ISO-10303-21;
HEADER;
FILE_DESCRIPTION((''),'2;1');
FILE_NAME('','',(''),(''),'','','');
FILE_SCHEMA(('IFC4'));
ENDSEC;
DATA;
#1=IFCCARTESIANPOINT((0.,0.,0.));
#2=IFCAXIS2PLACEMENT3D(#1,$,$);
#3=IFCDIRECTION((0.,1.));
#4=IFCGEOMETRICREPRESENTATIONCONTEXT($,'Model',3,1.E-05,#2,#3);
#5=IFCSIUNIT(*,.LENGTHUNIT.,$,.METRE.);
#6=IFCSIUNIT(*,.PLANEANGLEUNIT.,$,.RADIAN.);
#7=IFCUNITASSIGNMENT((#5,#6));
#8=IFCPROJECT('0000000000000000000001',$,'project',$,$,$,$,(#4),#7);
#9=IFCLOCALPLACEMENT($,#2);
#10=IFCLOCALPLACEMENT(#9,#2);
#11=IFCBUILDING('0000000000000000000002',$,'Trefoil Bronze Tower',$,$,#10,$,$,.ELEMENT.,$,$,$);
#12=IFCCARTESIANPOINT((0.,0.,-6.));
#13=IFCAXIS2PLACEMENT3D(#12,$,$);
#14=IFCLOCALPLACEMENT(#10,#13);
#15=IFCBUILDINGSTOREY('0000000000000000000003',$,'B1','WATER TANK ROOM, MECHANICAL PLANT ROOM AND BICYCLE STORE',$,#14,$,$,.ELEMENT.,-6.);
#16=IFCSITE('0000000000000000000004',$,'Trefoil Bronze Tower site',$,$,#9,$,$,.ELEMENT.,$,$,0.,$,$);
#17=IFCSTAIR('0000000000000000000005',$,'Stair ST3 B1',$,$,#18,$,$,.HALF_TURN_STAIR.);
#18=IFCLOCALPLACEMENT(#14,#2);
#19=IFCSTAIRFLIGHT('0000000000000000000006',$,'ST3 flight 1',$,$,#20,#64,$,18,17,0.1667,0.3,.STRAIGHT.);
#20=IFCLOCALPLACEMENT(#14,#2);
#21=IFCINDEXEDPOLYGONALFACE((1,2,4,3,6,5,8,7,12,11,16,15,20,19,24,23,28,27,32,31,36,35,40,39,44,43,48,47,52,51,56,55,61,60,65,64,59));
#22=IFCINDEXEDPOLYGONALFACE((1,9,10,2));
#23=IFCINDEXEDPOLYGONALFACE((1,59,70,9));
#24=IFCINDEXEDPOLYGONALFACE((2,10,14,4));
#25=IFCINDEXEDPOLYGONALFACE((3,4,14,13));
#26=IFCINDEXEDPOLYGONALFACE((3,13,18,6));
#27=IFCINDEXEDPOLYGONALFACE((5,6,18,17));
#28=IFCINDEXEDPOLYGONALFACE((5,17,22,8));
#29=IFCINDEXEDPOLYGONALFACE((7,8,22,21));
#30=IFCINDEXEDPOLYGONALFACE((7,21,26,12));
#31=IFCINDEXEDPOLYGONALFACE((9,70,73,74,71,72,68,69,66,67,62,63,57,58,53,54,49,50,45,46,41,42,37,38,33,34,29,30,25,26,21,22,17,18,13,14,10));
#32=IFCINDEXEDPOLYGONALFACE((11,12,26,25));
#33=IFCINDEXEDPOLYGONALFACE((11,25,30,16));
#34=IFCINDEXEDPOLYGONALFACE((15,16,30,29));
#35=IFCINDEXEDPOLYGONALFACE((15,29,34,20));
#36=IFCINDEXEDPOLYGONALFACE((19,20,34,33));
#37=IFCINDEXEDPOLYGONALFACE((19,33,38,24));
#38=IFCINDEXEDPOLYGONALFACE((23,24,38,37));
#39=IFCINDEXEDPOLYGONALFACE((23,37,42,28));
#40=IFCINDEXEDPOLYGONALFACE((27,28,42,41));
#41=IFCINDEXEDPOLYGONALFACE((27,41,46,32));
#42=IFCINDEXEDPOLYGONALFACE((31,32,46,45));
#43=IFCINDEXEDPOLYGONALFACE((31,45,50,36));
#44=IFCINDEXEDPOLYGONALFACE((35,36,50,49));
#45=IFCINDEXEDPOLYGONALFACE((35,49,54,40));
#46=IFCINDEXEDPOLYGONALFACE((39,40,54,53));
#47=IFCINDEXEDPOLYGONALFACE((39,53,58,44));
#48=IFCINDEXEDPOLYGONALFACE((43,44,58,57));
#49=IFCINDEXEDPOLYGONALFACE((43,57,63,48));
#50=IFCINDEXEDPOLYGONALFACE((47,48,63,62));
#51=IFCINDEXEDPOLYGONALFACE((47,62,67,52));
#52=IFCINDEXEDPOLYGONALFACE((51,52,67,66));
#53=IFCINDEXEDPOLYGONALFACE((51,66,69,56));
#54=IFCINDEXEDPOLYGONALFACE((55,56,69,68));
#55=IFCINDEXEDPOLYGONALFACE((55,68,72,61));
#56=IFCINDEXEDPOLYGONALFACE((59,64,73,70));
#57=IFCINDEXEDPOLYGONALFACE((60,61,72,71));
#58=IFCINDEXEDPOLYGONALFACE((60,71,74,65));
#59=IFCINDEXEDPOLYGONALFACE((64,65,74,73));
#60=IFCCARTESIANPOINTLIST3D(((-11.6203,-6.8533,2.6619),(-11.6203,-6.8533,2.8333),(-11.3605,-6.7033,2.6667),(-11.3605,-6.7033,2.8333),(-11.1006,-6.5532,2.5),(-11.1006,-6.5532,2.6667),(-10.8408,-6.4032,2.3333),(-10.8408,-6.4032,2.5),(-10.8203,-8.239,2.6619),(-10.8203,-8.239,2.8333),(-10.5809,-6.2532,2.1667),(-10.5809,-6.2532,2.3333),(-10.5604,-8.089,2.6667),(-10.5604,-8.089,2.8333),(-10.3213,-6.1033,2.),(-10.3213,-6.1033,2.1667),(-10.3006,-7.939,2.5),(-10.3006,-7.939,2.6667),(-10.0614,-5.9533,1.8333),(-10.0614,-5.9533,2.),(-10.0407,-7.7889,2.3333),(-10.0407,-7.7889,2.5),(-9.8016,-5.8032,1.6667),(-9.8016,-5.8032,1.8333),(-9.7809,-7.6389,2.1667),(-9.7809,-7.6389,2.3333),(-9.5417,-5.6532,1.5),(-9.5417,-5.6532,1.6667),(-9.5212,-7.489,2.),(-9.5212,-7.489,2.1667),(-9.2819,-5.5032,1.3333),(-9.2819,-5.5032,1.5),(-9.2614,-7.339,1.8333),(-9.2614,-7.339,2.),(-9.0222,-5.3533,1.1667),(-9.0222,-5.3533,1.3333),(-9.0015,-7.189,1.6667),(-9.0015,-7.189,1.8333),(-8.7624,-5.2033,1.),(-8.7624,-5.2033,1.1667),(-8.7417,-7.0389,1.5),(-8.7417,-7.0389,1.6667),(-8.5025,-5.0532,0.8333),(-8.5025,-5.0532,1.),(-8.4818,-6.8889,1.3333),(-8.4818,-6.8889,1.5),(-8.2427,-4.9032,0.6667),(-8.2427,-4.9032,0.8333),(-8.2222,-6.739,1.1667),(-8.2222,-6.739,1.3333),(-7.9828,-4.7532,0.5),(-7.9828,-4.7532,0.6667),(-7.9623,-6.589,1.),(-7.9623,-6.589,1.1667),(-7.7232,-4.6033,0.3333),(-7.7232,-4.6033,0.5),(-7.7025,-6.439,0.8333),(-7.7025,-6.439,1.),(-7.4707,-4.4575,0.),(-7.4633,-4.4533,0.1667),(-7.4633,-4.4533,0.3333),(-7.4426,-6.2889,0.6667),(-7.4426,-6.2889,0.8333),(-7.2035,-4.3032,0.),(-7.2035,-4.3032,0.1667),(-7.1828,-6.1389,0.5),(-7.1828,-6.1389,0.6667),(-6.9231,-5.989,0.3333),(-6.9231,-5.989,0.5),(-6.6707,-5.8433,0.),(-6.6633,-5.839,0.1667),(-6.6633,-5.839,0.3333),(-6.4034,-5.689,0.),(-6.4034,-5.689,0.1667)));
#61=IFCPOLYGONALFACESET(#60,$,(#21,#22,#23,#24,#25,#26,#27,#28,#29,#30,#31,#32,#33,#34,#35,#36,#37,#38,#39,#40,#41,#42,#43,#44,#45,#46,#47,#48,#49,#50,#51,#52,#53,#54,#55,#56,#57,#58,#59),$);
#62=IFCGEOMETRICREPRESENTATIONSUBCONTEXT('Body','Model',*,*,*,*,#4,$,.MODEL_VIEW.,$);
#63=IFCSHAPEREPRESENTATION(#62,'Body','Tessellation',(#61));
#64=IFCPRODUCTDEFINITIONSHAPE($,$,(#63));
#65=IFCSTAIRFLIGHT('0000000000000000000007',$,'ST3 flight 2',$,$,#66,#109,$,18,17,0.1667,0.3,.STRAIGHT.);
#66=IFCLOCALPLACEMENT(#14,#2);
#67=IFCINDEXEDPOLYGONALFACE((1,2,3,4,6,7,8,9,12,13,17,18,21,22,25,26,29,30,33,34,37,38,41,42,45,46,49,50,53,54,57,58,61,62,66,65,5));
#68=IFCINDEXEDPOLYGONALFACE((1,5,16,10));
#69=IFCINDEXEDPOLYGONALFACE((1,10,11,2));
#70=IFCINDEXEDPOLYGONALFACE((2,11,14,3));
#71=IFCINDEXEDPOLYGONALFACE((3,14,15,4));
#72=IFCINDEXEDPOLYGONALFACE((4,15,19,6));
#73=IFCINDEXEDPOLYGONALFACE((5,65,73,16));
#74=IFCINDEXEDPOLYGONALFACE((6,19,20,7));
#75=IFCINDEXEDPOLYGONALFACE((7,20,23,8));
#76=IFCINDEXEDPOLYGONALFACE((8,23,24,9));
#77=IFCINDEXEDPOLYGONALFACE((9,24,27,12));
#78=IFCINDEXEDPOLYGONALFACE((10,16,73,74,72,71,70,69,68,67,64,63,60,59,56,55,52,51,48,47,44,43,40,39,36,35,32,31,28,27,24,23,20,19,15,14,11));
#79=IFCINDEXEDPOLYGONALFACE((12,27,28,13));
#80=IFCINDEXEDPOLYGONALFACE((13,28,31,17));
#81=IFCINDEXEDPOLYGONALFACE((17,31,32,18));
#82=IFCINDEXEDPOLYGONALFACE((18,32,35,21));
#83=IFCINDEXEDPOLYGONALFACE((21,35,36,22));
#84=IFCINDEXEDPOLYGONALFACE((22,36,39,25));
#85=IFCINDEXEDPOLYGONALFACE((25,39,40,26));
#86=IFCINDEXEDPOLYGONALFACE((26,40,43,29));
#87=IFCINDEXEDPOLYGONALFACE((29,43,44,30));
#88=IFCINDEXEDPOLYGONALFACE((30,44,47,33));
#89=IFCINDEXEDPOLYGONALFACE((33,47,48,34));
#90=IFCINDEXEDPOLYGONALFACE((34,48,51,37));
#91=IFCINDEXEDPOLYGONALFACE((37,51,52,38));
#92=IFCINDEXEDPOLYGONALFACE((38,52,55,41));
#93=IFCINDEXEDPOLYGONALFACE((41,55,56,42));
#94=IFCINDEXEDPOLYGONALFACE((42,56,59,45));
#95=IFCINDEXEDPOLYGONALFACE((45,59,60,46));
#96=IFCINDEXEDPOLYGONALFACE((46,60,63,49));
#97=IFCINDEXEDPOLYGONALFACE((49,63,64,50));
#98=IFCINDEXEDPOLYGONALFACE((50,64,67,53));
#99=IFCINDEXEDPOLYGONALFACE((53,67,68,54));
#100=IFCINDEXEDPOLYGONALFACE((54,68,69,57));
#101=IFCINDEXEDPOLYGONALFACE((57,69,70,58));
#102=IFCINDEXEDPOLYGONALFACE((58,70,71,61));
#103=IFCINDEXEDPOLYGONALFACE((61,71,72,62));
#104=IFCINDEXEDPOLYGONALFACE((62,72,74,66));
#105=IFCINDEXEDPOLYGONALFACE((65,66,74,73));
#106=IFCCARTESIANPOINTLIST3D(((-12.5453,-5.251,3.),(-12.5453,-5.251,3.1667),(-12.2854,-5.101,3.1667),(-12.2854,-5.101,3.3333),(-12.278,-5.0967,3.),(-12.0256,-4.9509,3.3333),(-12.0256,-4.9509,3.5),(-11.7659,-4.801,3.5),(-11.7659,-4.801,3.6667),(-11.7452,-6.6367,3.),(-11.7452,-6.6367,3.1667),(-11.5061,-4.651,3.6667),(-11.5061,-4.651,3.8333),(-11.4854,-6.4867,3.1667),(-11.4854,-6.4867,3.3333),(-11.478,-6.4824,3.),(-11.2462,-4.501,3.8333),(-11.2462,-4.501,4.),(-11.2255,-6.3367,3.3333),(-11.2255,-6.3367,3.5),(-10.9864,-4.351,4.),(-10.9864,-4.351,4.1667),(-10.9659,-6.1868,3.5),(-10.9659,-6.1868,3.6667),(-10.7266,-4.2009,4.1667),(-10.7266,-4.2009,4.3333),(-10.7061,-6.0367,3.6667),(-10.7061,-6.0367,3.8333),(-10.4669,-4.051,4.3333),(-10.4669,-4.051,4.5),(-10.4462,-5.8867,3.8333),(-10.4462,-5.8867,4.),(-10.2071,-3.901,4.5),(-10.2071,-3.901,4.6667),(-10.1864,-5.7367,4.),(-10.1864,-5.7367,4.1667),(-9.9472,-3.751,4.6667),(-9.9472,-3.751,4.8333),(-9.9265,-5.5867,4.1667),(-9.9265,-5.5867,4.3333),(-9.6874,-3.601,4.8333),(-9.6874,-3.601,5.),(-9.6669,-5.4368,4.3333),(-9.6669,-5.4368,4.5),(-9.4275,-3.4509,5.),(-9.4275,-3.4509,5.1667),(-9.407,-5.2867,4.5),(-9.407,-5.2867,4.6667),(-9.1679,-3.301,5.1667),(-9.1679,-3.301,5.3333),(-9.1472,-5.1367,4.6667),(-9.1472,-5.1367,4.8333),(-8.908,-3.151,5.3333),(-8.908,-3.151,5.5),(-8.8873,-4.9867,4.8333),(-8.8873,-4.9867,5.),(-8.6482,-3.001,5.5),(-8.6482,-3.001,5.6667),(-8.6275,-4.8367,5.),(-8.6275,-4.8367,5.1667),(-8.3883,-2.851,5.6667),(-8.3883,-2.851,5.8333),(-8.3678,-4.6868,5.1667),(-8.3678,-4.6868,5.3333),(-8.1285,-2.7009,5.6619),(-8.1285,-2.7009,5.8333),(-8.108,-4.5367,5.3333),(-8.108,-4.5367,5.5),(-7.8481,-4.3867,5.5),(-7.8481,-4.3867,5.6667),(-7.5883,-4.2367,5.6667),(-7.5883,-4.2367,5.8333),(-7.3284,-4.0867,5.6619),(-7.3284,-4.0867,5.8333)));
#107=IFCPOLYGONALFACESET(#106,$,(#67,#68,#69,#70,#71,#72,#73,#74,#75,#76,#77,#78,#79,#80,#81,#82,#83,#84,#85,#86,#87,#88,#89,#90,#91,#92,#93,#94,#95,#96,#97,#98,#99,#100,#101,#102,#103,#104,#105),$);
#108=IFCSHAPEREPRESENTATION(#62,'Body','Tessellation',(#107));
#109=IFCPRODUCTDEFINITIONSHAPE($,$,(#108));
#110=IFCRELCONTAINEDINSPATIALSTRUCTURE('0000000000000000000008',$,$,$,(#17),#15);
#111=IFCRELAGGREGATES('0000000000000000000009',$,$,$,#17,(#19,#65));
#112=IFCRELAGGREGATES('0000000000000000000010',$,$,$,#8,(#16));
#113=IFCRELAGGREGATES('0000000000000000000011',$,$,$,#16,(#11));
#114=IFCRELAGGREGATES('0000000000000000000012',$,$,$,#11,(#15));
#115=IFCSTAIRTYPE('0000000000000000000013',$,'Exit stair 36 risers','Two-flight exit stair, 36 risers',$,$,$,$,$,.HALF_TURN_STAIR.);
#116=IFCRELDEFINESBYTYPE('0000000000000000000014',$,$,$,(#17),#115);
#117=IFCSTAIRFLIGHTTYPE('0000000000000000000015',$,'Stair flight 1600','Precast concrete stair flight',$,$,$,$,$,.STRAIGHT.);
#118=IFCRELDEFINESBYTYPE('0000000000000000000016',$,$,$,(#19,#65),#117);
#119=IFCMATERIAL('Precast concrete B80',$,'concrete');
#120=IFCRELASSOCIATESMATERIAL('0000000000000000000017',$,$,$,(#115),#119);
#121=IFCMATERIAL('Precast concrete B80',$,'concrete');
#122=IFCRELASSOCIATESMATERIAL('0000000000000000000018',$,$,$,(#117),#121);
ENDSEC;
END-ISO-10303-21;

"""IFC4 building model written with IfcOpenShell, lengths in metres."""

from ifc_helpers import new_model, si_unit, direction, frame, origin, place, context, subcontext, project, spatial, polyline, outline, extrude, material, type_object, element, aggregate, save


model = new_model("IFC4")

# Units and contexts
model_context = context("Model", 3, precision=1e-05, world=origin(), true_north=direction((0.0, 1.0)))
body_context = subcontext(model_context, "Body", "Model", "MODEL_VIEW")
ifc_project = project(units=[si_unit("LENGTHUNIT", "METRE"), si_unit("PLANEANGLEUNIT", "RADIAN")], contexts=[model_context])

# Site, building, storey
site_placement = place(None, origin())
site = spatial("IfcSite", under=ifc_project, at=site_placement, Name="Trefoil Bronze Tower site", CompositionType="ELEMENT", RefElevation=0.0)
building_placement = place(site_placement, origin())
building = spatial("IfcBuilding", under=site, at=building_placement, Name="Trefoil Bronze Tower", CompositionType="ELEMENT")
storey_placement = place(building_placement, frame((0.0, 0.0, -6.0)))
storey = spatial("IfcBuildingStorey", under=building, at=storey_placement, Name="B1", Description="WATER TANK ROOM, MECHANICAL PLANT ROOM AND BICYCLE STORE", CompositionType="ELEMENT", Elevation=-6.0)

# Stair, stair flights
ifc_material_1 = material(Name="Precast concrete B80", Category="concrete")
stair_type = type_object("IfcStairType", Name="Exit stair 36 risers", Description="Two-flight exit stair, 36 risers", PredefinedType="HALF_TURN_STAIR", material=ifc_material_1)
stair_placement = place(storey_placement, origin())
stair = element("IfcStair", 1, at=stair_placement, inside=storey, type_object=stair_type, Name="Stair ST3 B1", PredefinedType="HALF_TURN_STAIR")
ifc_material_2 = material(Name="Precast concrete B80", Category="concrete")
stair_flight_type = type_object("IfcStairFlightType", Name="Stair flight 1600", Description="Precast concrete stair flight", PredefinedType="STRAIGHT", material=ifc_material_2)
stair_flight_1_placement = place(storey_placement, frame((-6.8035, -4.9961, 0.0), z_axis=(0.0, 0.0, 1.0), x_axis=(-0.866025, -0.5, 0.0)))
stair_flight_1 = element("IfcStairFlight", 2, at=stair_flight_1_placement, type_object=stair_flight_type, Name="ST3 flight 1", NumberOfRisers=18, NumberOfTreads=17, PredefinedType="STRAIGHT", RiserHeight=0.1667, TreadLength=0.3, context=body_context, shape_type="SweptSolid", body=[
    extrude(outline(polyline([(0.0, 0.0), (0.0, 0.1667), (0.3, 0.1667), (0.3, 0.3333), (0.6001, 0.3333), (0.6001, 0.5), (0.8999, 0.5), (0.8999, 0.6667), (1.2, 0.6667), (1.2, 0.8333), (1.5, 0.8333), (1.5, 1.0), (1.8, 1.0), (1.8, 1.1667), (2.1001, 1.1667), (2.1001, 1.3333), (2.3999, 1.3333), (2.3999, 1.5), (2.7, 1.5), (2.7, 1.6667), (3.0, 1.6667), (3.0, 1.8333), (3.3, 1.8333), (3.3, 2.0), (3.6001, 2.0), (3.6001, 2.1667), (3.8999, 2.1667), (3.8999, 2.3333), (4.2, 2.3333), (4.2, 2.5), (4.5, 2.5), (4.5, 2.6667), (4.8, 2.6667), (4.8, 2.8333), (5.1001, 2.8333), (5.1001, 3.0), (5.1001, 2.6619), (0.3086, 0.0), (0.0, 0.0)])), frame((0.0, 0.8, 0.0), z_axis=(0.0, -1.0, 0.0), x_axis=(1.0, 0.0, 0.0)), (0.0, 0.0, 1.0), 1.6001),
])
stair_flight_2_placement = place(storey_placement, frame((-12.1453, -5.9438, 3.0), z_axis=(0.0, 0.0, 1.0), x_axis=(0.866025, 0.5, 0.0)))
stair_flight_2 = element("IfcStairFlight", 3, at=stair_flight_2_placement, type_object=stair_flight_type, Name="ST3 flight 2", NumberOfRisers=18, NumberOfTreads=17, PredefinedType="STRAIGHT", RiserHeight=0.1667, TreadLength=0.3, context=body_context, shape_type="SweptSolid", body=[
    extrude(outline(polyline([(0.0, 0.0), (0.0, 0.1667), (0.3, 0.1667), (0.3, 0.3333), (0.6001, 0.3333), (0.6001, 0.5), (0.8999, 0.5), (0.8999, 0.6667), (1.2, 0.6667), (1.2, 0.8333), (1.5, 0.8333), (1.5, 1.0), (1.8, 1.0), (1.8, 1.1667), (2.1001, 1.1667), (2.1001, 1.3333), (2.3999, 1.3333), (2.3999, 1.5), (2.7, 1.5), (2.7, 1.6667), (3.0, 1.6667), (3.0, 1.8333), (3.3, 1.8333), (3.3, 2.0), (3.6001, 2.0), (3.6001, 2.1667), (3.8999, 2.1667), (3.8999, 2.3333), (4.2, 2.3333), (4.2, 2.5), (4.5, 2.5), (4.5, 2.6667), (4.8, 2.6667), (4.8, 2.8333), (5.1001, 2.8333), (5.1001, 3.0), (5.1001, 2.6619), (0.3086, 0.0), (0.0, 0.0)])), frame((0.0, 0.8, 0.0), z_axis=(0.0, -1.0, 0.0), x_axis=(1.0, 0.0, 0.0)), (0.0, 0.0, 1.0), 1.6001),
])
aggregate(stair, [stair_flight_1, stair_flight_2])

save(model, "model.ifc")
